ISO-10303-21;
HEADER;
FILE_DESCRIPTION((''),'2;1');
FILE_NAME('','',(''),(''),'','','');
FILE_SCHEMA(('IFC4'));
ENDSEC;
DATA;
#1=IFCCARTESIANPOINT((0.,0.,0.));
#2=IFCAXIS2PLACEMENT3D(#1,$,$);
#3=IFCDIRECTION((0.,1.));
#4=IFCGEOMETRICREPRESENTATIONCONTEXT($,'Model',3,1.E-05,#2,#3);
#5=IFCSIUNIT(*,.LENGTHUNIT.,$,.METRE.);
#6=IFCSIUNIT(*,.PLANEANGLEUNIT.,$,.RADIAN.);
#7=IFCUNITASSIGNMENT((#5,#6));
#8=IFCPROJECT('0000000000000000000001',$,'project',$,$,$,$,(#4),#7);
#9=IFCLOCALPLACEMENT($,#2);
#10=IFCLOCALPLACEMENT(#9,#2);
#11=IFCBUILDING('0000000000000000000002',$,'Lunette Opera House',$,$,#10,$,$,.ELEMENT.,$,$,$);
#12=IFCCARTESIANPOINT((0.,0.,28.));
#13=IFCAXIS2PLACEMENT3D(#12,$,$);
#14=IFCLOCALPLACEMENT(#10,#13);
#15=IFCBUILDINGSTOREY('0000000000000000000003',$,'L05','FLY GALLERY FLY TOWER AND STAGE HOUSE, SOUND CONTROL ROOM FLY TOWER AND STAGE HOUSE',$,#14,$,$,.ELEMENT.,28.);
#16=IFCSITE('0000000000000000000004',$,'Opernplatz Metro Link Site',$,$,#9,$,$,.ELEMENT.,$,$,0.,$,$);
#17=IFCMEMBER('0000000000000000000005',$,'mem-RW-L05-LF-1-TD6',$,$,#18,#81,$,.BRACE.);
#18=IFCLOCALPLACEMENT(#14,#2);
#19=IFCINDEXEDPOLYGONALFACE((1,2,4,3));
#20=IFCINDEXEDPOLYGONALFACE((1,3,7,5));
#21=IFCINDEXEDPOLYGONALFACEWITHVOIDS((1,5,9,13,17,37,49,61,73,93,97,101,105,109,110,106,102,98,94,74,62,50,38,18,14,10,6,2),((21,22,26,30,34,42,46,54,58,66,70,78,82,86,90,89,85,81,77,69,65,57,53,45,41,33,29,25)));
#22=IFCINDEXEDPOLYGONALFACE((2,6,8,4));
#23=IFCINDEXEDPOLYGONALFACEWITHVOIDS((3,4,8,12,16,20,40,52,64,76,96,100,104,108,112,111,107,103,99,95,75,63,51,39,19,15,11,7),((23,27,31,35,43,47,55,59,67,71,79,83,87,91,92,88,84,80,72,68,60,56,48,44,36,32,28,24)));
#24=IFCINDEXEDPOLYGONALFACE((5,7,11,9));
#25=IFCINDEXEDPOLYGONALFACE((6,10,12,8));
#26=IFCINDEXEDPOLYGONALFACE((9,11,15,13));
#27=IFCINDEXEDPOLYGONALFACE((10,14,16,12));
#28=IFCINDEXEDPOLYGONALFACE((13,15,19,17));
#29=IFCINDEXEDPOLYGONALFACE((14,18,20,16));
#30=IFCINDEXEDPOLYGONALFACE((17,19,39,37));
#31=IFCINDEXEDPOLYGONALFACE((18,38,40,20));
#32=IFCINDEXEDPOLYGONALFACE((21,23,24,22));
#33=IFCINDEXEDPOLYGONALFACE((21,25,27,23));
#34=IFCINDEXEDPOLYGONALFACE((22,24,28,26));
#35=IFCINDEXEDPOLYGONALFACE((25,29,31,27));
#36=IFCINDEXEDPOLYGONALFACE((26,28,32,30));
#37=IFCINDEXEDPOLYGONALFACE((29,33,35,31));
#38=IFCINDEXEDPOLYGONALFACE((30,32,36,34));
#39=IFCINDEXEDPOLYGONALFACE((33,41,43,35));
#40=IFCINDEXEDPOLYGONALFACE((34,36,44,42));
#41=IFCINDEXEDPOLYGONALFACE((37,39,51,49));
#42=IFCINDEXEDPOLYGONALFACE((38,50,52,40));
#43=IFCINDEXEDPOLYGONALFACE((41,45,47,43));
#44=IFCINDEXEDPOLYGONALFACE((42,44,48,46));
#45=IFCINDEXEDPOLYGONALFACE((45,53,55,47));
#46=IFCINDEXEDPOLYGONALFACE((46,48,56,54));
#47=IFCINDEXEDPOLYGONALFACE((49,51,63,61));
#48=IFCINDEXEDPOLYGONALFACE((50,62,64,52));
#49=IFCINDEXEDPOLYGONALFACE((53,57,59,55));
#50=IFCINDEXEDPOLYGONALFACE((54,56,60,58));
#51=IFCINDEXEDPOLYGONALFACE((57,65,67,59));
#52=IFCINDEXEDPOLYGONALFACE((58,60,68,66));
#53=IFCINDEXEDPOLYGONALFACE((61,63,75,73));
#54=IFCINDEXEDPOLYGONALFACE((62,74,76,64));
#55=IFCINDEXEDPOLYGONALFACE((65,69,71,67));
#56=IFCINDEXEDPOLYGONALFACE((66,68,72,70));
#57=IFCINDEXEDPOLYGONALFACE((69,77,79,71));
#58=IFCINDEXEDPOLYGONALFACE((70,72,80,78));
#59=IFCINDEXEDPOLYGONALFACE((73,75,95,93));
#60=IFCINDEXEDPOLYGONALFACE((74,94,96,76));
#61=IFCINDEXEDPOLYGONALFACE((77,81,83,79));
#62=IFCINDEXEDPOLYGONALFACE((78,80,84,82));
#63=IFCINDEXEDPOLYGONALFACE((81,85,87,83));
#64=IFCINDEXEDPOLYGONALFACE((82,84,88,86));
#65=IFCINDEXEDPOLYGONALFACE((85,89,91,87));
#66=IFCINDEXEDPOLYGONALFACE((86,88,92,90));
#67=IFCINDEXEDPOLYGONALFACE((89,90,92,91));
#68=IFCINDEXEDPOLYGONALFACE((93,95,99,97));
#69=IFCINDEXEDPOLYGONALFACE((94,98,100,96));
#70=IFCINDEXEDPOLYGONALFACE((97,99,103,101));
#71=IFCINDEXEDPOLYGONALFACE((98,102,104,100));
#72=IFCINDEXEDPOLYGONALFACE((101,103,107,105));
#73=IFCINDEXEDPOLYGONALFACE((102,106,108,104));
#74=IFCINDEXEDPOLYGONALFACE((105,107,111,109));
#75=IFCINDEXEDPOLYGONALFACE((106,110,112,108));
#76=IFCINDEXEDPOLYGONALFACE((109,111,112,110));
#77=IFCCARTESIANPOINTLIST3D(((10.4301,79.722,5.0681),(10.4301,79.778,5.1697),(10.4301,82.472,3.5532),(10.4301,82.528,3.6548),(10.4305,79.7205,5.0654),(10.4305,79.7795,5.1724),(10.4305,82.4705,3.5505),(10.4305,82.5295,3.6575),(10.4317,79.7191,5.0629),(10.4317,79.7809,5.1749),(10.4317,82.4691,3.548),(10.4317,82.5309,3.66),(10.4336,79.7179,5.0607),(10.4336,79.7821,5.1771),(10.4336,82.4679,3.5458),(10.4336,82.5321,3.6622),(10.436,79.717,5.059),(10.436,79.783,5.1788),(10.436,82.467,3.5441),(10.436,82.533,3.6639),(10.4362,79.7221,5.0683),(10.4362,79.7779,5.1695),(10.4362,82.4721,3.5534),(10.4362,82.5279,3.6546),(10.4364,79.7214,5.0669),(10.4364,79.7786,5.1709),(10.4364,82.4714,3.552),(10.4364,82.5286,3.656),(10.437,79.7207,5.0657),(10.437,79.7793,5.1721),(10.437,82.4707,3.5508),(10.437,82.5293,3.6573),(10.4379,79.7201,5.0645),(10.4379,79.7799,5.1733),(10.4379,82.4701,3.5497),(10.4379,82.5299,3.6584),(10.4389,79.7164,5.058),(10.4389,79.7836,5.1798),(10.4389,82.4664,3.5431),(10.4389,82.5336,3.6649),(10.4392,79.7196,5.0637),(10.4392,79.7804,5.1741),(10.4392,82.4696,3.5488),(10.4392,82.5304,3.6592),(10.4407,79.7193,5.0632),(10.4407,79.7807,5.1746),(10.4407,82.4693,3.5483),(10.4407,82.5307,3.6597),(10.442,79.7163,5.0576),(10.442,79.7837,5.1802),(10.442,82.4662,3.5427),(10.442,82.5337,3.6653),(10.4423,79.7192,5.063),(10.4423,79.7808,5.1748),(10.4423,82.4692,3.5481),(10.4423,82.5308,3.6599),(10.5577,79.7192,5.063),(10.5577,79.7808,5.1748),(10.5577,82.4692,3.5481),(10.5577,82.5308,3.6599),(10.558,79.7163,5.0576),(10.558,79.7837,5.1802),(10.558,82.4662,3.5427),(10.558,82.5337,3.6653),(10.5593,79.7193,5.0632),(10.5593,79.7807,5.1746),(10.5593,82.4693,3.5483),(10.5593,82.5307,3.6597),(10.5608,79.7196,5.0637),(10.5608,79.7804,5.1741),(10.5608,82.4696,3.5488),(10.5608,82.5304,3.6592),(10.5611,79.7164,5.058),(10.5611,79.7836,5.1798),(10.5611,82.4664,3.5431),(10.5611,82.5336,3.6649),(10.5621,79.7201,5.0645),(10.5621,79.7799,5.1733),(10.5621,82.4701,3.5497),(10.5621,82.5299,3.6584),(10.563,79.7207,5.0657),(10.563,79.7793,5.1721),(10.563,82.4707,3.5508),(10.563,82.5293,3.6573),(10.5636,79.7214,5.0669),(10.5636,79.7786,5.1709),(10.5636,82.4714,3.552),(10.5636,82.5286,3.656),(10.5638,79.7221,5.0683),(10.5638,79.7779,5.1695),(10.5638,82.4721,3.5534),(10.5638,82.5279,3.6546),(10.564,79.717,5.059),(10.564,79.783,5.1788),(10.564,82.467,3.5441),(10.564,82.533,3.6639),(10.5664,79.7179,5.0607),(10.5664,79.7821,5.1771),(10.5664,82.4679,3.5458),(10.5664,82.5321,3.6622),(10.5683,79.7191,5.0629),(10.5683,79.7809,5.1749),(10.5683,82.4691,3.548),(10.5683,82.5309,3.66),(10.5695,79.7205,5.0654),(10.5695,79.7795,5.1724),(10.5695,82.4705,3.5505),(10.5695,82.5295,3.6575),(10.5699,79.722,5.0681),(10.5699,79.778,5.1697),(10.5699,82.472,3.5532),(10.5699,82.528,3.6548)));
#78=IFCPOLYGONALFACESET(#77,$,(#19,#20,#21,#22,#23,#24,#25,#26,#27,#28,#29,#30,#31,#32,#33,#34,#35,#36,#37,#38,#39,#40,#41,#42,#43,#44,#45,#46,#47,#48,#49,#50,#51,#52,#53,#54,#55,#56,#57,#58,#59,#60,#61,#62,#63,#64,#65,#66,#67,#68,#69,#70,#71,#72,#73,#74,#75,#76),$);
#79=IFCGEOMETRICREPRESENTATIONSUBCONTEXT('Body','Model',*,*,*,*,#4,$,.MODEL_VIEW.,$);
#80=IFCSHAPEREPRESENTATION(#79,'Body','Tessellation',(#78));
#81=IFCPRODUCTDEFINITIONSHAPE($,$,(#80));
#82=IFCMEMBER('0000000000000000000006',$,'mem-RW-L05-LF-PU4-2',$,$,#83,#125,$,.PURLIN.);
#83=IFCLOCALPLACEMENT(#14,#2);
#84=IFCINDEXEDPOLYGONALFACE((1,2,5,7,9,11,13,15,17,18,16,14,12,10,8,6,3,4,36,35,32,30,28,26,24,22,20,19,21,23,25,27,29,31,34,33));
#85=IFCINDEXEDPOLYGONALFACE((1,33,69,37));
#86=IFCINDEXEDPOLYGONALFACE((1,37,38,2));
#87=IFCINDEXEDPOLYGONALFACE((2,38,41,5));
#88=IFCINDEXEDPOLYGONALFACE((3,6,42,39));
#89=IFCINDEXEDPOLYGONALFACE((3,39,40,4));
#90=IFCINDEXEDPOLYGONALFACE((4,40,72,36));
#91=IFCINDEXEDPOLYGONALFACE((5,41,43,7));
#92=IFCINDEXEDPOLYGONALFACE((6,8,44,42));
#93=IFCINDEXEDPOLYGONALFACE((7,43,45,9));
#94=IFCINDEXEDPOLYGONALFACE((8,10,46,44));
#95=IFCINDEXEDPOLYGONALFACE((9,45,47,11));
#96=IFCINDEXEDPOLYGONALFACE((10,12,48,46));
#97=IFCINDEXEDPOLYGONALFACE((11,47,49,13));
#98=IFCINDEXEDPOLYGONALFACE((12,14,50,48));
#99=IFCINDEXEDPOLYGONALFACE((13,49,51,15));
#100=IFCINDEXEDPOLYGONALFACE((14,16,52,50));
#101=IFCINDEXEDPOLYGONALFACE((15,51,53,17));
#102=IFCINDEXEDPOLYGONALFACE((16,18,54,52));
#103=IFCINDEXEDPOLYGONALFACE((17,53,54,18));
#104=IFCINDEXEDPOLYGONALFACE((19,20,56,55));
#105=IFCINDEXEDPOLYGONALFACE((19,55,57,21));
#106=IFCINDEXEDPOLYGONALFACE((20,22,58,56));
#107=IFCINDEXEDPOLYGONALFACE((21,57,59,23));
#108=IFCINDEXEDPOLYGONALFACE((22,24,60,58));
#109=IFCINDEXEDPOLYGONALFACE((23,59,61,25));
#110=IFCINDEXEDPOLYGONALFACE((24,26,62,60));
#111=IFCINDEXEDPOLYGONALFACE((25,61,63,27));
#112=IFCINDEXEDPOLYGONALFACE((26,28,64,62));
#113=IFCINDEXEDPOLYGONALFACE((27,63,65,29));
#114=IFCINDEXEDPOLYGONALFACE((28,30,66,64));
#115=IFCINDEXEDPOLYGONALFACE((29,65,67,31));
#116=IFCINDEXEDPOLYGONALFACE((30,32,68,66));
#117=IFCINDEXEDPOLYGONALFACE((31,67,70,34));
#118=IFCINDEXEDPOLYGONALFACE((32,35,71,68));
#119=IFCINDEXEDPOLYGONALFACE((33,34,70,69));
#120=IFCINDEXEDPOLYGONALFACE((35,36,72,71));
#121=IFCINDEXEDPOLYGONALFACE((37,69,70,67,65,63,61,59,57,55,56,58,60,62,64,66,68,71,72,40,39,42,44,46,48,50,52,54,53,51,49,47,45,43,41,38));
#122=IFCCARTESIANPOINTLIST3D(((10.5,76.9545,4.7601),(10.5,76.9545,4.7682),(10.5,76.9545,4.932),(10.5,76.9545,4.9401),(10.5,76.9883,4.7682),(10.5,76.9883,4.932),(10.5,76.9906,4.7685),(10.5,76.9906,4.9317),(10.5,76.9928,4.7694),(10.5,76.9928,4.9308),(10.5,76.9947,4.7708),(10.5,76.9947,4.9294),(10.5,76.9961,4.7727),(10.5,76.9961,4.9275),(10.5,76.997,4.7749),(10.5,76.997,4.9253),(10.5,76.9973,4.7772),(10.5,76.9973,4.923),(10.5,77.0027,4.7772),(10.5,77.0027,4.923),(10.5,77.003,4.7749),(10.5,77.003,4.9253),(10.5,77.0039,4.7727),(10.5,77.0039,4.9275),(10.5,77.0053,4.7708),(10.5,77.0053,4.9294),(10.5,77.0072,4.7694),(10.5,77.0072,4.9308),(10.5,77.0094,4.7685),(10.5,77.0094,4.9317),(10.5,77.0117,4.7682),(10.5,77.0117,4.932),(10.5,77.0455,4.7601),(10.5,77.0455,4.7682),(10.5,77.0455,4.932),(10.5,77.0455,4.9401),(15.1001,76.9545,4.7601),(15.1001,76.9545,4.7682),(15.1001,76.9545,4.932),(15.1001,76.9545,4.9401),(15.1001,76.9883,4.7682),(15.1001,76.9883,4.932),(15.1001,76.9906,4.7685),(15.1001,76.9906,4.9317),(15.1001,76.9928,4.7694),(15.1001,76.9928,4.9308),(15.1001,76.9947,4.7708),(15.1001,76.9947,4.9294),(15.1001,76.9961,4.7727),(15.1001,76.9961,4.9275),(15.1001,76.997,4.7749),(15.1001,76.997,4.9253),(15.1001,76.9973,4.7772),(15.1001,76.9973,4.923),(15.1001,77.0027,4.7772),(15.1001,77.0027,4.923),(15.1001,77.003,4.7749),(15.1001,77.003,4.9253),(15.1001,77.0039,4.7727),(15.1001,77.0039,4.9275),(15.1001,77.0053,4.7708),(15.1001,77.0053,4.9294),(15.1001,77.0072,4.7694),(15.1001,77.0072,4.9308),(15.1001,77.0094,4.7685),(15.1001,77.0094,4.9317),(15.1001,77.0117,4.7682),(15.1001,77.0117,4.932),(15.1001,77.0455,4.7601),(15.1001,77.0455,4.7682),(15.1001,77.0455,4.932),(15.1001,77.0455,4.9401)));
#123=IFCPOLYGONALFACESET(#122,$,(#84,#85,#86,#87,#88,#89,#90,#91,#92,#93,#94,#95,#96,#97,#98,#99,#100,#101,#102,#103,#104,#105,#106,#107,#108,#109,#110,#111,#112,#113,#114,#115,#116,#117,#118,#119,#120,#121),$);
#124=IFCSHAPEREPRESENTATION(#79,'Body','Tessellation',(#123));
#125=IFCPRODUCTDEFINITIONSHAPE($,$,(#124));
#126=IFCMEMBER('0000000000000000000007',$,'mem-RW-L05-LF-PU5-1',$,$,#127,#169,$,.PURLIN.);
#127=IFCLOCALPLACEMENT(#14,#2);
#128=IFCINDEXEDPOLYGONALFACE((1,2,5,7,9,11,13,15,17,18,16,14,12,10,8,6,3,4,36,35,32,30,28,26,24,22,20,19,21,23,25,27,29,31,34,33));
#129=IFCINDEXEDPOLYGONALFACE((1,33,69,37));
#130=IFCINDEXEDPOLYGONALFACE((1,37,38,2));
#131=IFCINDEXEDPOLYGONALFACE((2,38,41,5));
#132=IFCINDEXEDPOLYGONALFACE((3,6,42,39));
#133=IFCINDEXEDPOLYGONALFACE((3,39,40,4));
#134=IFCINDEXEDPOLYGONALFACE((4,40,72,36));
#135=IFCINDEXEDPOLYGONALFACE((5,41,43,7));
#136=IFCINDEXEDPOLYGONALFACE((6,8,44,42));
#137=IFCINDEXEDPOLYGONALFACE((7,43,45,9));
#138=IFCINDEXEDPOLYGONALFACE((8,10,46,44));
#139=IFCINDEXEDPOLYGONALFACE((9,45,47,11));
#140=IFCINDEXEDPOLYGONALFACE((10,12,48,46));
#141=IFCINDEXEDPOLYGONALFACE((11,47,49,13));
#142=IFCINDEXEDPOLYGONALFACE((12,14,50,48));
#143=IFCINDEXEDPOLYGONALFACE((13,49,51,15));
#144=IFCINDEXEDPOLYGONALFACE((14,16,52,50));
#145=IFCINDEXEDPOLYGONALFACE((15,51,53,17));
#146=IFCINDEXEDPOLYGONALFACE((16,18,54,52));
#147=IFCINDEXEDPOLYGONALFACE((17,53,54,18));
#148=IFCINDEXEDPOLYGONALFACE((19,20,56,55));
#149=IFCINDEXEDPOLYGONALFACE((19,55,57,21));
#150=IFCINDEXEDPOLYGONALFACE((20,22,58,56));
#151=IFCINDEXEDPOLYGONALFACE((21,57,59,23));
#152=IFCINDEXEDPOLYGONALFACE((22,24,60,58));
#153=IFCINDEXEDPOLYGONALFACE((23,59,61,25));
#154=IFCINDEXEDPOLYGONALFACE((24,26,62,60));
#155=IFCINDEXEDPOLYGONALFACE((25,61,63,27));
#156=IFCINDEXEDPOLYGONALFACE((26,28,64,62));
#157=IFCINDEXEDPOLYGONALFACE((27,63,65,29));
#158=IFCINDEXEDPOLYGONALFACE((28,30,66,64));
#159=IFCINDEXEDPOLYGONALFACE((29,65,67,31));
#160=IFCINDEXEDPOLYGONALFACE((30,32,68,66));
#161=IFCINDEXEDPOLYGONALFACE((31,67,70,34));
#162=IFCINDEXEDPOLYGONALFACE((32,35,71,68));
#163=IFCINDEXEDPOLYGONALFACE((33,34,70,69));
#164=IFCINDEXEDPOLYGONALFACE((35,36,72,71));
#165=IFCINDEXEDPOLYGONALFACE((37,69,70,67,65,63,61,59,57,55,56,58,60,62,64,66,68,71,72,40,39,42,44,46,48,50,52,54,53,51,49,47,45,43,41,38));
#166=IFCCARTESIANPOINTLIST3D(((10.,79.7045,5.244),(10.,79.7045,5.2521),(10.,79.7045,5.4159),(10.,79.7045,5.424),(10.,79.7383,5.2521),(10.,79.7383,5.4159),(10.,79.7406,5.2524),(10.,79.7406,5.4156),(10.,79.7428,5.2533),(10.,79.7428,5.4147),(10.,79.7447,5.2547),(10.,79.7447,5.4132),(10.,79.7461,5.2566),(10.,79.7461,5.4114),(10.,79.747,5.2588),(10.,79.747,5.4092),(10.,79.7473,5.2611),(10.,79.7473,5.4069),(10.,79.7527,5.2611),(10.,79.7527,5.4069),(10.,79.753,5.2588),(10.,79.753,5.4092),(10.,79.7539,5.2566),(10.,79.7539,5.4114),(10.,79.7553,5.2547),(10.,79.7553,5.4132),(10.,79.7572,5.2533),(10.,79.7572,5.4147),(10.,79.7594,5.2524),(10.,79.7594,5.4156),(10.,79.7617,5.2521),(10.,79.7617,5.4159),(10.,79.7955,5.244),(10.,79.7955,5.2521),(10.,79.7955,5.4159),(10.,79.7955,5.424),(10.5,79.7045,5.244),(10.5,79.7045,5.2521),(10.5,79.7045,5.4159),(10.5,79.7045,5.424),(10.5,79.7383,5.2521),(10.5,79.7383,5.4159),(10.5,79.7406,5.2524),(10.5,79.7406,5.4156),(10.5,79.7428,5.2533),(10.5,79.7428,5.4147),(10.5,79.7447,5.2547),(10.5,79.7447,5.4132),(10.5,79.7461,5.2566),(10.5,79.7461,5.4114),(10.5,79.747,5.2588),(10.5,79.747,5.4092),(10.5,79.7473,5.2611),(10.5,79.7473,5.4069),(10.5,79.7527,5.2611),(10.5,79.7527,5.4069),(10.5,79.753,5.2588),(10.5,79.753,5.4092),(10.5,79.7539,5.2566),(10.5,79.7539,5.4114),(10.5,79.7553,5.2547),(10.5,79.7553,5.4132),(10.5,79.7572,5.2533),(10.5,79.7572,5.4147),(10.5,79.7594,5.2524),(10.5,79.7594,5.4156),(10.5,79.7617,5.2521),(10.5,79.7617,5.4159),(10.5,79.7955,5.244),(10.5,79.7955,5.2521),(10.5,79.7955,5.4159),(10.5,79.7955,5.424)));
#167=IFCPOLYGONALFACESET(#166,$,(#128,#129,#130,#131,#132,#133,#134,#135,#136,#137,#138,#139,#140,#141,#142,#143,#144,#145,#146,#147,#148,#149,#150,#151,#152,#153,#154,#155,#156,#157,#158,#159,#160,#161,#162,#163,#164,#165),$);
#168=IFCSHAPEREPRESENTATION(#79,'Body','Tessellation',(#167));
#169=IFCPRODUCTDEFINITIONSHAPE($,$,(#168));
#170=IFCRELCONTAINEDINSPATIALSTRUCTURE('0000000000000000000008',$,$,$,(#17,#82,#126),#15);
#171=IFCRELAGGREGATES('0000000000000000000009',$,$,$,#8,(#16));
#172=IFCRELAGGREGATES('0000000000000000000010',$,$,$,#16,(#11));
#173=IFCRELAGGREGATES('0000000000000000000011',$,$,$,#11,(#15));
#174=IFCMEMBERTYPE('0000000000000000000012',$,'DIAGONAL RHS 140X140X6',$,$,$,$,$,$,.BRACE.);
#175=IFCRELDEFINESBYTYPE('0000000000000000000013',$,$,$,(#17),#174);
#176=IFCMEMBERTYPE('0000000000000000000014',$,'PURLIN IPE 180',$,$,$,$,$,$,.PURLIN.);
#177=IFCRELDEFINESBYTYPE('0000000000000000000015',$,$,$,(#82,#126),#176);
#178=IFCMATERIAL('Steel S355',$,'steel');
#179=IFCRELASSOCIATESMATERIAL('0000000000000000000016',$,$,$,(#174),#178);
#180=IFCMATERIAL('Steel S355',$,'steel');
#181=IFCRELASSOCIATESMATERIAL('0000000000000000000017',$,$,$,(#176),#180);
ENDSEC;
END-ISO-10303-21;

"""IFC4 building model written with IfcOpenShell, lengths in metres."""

from ifc_helpers import new_model, si_unit, direction, frame, origin, origin_2d, place, context, subcontext, project, spatial, hollow_rectangle, i_section, extrude, material, material_profile, profile_set, type_object, element, save


model = new_model("IFC4")

# Units and contexts
model_context = context("Model", 3, precision=1e-05, world=origin(), true_north=direction((0.0, 1.0)))
body_context = subcontext(model_context, "Body", "Model", "MODEL_VIEW")
ifc_project = project(units=[si_unit("LENGTHUNIT", "METRE"), si_unit("PLANEANGLEUNIT", "RADIAN")], contexts=[model_context])

# Site, building, storey
site_placement = place(None, origin())
site = spatial("IfcSite", under=ifc_project, at=site_placement, Name="Opernplatz Metro Link Site", CompositionType="ELEMENT", RefElevation=0.0)
building_placement = place(site_placement, origin())
building = spatial("IfcBuilding", under=site, at=building_placement, Name="Lunette Opera House", CompositionType="ELEMENT")
storey_placement = place(building_placement, frame((0.0, 0.0, 28.0)))
storey = spatial("IfcBuildingStorey", under=building, at=storey_placement, Name="L05", Description="FLY GALLERY FLY TOWER AND STAGE HOUSE, SOUND CONTROL ROOM FLY TOWER AND STAGE HOUSE", CompositionType="ELEMENT", Elevation=28.0)

# Members
ifc_material_1 = material(Name="Steel S355", Category="steel")
ifc_material_profile_1 = material_profile(ifc_material_1, hollow_rectangle(XDim=0.1399, YDim=0.1399, WallThickness=0.0061, InnerFilletRadius=0.0061, OuterFilletRadius=0.012, at=origin_2d()), Name="RHS 140X140X6")
ifc_profile_set_1 = profile_set([ifc_material_profile_1], Name="Steel S355")
member_type_1 = type_object("IfcMemberType", Name="DIAGONAL RHS 140X140X6", PredefinedType="BRACE", material=ifc_profile_set_1)
member_1_placement = place(storey_placement, frame((10.5, 79.75, 5.1189), z_axis=(0.0, 0.875894, -0.482504), x_axis=(-1.0, 0.0, 0.0)))
element("IfcMember", 1, at=member_1_placement, inside=storey, type_object=member_type_1, Name="mem-RW-L05-LF-1-TD6", PredefinedType="BRACE", context=body_context, shape_type="SweptSolid", body=[
    extrude(hollow_rectangle(XDim=0.1399, YDim=0.1399, WallThickness=0.0061, InnerFilletRadius=0.0061, OuterFilletRadius=0.012, at=origin_2d()), origin(), (0.0, 0.0, 1.0), 3.1396),
])
ifc_material_2 = material(Name="Steel S355", Category="steel")
ifc_material_profile_2 = material_profile(ifc_material_2, i_section(OverallWidth=0.0911, OverallDepth=0.1799, WebThickness=0.0054, FlangeThickness=0.0081, FilletRadius=0.009, at=origin_2d()), Name="IPE 180")
ifc_profile_set_2 = profile_set([ifc_material_profile_2], Name="Steel S355")
member_type_2 = type_object("IfcMemberType", Name="PURLIN IPE 180", PredefinedType="PURLIN", material=ifc_profile_set_2)
member_2_placement = place(storey_placement, frame((10.5, 77.0, 4.8501), z_axis=(1.0, 0.0, 0.0), x_axis=(0.0, 1.0, 0.0)))
element("IfcMember", 2, at=member_2_placement, inside=storey, type_object=member_type_2, Name="mem-RW-L05-LF-PU4-2", PredefinedType="PURLIN", context=body_context, shape_type="SweptSolid", body=[
    extrude(i_section(OverallWidth=0.0911, OverallDepth=0.1799, WebThickness=0.0054, FlangeThickness=0.0081, FilletRadius=0.009, at=origin_2d()), origin(), (0.0, 0.0, 1.0), 4.6001),
])
member_3_placement = place(storey_placement, frame((10.0, 79.75, 5.334), z_axis=(1.0, 0.0, 0.0), x_axis=(0.0, 1.0, 0.0)))
element("IfcMember", 3, at=member_3_placement, inside=storey, type_object=member_type_2, Name="mem-RW-L05-LF-PU5-1", PredefinedType="PURLIN", context=body_context, shape_type="SweptSolid", body=[
    extrude(i_section(OverallWidth=0.0911, OverallDepth=0.1799, WebThickness=0.0054, FlangeThickness=0.0081, FilletRadius=0.009, at=origin_2d()), origin(), (0.0, 0.0, 1.0), 0.5),
])

save(model, "model.ifc")
